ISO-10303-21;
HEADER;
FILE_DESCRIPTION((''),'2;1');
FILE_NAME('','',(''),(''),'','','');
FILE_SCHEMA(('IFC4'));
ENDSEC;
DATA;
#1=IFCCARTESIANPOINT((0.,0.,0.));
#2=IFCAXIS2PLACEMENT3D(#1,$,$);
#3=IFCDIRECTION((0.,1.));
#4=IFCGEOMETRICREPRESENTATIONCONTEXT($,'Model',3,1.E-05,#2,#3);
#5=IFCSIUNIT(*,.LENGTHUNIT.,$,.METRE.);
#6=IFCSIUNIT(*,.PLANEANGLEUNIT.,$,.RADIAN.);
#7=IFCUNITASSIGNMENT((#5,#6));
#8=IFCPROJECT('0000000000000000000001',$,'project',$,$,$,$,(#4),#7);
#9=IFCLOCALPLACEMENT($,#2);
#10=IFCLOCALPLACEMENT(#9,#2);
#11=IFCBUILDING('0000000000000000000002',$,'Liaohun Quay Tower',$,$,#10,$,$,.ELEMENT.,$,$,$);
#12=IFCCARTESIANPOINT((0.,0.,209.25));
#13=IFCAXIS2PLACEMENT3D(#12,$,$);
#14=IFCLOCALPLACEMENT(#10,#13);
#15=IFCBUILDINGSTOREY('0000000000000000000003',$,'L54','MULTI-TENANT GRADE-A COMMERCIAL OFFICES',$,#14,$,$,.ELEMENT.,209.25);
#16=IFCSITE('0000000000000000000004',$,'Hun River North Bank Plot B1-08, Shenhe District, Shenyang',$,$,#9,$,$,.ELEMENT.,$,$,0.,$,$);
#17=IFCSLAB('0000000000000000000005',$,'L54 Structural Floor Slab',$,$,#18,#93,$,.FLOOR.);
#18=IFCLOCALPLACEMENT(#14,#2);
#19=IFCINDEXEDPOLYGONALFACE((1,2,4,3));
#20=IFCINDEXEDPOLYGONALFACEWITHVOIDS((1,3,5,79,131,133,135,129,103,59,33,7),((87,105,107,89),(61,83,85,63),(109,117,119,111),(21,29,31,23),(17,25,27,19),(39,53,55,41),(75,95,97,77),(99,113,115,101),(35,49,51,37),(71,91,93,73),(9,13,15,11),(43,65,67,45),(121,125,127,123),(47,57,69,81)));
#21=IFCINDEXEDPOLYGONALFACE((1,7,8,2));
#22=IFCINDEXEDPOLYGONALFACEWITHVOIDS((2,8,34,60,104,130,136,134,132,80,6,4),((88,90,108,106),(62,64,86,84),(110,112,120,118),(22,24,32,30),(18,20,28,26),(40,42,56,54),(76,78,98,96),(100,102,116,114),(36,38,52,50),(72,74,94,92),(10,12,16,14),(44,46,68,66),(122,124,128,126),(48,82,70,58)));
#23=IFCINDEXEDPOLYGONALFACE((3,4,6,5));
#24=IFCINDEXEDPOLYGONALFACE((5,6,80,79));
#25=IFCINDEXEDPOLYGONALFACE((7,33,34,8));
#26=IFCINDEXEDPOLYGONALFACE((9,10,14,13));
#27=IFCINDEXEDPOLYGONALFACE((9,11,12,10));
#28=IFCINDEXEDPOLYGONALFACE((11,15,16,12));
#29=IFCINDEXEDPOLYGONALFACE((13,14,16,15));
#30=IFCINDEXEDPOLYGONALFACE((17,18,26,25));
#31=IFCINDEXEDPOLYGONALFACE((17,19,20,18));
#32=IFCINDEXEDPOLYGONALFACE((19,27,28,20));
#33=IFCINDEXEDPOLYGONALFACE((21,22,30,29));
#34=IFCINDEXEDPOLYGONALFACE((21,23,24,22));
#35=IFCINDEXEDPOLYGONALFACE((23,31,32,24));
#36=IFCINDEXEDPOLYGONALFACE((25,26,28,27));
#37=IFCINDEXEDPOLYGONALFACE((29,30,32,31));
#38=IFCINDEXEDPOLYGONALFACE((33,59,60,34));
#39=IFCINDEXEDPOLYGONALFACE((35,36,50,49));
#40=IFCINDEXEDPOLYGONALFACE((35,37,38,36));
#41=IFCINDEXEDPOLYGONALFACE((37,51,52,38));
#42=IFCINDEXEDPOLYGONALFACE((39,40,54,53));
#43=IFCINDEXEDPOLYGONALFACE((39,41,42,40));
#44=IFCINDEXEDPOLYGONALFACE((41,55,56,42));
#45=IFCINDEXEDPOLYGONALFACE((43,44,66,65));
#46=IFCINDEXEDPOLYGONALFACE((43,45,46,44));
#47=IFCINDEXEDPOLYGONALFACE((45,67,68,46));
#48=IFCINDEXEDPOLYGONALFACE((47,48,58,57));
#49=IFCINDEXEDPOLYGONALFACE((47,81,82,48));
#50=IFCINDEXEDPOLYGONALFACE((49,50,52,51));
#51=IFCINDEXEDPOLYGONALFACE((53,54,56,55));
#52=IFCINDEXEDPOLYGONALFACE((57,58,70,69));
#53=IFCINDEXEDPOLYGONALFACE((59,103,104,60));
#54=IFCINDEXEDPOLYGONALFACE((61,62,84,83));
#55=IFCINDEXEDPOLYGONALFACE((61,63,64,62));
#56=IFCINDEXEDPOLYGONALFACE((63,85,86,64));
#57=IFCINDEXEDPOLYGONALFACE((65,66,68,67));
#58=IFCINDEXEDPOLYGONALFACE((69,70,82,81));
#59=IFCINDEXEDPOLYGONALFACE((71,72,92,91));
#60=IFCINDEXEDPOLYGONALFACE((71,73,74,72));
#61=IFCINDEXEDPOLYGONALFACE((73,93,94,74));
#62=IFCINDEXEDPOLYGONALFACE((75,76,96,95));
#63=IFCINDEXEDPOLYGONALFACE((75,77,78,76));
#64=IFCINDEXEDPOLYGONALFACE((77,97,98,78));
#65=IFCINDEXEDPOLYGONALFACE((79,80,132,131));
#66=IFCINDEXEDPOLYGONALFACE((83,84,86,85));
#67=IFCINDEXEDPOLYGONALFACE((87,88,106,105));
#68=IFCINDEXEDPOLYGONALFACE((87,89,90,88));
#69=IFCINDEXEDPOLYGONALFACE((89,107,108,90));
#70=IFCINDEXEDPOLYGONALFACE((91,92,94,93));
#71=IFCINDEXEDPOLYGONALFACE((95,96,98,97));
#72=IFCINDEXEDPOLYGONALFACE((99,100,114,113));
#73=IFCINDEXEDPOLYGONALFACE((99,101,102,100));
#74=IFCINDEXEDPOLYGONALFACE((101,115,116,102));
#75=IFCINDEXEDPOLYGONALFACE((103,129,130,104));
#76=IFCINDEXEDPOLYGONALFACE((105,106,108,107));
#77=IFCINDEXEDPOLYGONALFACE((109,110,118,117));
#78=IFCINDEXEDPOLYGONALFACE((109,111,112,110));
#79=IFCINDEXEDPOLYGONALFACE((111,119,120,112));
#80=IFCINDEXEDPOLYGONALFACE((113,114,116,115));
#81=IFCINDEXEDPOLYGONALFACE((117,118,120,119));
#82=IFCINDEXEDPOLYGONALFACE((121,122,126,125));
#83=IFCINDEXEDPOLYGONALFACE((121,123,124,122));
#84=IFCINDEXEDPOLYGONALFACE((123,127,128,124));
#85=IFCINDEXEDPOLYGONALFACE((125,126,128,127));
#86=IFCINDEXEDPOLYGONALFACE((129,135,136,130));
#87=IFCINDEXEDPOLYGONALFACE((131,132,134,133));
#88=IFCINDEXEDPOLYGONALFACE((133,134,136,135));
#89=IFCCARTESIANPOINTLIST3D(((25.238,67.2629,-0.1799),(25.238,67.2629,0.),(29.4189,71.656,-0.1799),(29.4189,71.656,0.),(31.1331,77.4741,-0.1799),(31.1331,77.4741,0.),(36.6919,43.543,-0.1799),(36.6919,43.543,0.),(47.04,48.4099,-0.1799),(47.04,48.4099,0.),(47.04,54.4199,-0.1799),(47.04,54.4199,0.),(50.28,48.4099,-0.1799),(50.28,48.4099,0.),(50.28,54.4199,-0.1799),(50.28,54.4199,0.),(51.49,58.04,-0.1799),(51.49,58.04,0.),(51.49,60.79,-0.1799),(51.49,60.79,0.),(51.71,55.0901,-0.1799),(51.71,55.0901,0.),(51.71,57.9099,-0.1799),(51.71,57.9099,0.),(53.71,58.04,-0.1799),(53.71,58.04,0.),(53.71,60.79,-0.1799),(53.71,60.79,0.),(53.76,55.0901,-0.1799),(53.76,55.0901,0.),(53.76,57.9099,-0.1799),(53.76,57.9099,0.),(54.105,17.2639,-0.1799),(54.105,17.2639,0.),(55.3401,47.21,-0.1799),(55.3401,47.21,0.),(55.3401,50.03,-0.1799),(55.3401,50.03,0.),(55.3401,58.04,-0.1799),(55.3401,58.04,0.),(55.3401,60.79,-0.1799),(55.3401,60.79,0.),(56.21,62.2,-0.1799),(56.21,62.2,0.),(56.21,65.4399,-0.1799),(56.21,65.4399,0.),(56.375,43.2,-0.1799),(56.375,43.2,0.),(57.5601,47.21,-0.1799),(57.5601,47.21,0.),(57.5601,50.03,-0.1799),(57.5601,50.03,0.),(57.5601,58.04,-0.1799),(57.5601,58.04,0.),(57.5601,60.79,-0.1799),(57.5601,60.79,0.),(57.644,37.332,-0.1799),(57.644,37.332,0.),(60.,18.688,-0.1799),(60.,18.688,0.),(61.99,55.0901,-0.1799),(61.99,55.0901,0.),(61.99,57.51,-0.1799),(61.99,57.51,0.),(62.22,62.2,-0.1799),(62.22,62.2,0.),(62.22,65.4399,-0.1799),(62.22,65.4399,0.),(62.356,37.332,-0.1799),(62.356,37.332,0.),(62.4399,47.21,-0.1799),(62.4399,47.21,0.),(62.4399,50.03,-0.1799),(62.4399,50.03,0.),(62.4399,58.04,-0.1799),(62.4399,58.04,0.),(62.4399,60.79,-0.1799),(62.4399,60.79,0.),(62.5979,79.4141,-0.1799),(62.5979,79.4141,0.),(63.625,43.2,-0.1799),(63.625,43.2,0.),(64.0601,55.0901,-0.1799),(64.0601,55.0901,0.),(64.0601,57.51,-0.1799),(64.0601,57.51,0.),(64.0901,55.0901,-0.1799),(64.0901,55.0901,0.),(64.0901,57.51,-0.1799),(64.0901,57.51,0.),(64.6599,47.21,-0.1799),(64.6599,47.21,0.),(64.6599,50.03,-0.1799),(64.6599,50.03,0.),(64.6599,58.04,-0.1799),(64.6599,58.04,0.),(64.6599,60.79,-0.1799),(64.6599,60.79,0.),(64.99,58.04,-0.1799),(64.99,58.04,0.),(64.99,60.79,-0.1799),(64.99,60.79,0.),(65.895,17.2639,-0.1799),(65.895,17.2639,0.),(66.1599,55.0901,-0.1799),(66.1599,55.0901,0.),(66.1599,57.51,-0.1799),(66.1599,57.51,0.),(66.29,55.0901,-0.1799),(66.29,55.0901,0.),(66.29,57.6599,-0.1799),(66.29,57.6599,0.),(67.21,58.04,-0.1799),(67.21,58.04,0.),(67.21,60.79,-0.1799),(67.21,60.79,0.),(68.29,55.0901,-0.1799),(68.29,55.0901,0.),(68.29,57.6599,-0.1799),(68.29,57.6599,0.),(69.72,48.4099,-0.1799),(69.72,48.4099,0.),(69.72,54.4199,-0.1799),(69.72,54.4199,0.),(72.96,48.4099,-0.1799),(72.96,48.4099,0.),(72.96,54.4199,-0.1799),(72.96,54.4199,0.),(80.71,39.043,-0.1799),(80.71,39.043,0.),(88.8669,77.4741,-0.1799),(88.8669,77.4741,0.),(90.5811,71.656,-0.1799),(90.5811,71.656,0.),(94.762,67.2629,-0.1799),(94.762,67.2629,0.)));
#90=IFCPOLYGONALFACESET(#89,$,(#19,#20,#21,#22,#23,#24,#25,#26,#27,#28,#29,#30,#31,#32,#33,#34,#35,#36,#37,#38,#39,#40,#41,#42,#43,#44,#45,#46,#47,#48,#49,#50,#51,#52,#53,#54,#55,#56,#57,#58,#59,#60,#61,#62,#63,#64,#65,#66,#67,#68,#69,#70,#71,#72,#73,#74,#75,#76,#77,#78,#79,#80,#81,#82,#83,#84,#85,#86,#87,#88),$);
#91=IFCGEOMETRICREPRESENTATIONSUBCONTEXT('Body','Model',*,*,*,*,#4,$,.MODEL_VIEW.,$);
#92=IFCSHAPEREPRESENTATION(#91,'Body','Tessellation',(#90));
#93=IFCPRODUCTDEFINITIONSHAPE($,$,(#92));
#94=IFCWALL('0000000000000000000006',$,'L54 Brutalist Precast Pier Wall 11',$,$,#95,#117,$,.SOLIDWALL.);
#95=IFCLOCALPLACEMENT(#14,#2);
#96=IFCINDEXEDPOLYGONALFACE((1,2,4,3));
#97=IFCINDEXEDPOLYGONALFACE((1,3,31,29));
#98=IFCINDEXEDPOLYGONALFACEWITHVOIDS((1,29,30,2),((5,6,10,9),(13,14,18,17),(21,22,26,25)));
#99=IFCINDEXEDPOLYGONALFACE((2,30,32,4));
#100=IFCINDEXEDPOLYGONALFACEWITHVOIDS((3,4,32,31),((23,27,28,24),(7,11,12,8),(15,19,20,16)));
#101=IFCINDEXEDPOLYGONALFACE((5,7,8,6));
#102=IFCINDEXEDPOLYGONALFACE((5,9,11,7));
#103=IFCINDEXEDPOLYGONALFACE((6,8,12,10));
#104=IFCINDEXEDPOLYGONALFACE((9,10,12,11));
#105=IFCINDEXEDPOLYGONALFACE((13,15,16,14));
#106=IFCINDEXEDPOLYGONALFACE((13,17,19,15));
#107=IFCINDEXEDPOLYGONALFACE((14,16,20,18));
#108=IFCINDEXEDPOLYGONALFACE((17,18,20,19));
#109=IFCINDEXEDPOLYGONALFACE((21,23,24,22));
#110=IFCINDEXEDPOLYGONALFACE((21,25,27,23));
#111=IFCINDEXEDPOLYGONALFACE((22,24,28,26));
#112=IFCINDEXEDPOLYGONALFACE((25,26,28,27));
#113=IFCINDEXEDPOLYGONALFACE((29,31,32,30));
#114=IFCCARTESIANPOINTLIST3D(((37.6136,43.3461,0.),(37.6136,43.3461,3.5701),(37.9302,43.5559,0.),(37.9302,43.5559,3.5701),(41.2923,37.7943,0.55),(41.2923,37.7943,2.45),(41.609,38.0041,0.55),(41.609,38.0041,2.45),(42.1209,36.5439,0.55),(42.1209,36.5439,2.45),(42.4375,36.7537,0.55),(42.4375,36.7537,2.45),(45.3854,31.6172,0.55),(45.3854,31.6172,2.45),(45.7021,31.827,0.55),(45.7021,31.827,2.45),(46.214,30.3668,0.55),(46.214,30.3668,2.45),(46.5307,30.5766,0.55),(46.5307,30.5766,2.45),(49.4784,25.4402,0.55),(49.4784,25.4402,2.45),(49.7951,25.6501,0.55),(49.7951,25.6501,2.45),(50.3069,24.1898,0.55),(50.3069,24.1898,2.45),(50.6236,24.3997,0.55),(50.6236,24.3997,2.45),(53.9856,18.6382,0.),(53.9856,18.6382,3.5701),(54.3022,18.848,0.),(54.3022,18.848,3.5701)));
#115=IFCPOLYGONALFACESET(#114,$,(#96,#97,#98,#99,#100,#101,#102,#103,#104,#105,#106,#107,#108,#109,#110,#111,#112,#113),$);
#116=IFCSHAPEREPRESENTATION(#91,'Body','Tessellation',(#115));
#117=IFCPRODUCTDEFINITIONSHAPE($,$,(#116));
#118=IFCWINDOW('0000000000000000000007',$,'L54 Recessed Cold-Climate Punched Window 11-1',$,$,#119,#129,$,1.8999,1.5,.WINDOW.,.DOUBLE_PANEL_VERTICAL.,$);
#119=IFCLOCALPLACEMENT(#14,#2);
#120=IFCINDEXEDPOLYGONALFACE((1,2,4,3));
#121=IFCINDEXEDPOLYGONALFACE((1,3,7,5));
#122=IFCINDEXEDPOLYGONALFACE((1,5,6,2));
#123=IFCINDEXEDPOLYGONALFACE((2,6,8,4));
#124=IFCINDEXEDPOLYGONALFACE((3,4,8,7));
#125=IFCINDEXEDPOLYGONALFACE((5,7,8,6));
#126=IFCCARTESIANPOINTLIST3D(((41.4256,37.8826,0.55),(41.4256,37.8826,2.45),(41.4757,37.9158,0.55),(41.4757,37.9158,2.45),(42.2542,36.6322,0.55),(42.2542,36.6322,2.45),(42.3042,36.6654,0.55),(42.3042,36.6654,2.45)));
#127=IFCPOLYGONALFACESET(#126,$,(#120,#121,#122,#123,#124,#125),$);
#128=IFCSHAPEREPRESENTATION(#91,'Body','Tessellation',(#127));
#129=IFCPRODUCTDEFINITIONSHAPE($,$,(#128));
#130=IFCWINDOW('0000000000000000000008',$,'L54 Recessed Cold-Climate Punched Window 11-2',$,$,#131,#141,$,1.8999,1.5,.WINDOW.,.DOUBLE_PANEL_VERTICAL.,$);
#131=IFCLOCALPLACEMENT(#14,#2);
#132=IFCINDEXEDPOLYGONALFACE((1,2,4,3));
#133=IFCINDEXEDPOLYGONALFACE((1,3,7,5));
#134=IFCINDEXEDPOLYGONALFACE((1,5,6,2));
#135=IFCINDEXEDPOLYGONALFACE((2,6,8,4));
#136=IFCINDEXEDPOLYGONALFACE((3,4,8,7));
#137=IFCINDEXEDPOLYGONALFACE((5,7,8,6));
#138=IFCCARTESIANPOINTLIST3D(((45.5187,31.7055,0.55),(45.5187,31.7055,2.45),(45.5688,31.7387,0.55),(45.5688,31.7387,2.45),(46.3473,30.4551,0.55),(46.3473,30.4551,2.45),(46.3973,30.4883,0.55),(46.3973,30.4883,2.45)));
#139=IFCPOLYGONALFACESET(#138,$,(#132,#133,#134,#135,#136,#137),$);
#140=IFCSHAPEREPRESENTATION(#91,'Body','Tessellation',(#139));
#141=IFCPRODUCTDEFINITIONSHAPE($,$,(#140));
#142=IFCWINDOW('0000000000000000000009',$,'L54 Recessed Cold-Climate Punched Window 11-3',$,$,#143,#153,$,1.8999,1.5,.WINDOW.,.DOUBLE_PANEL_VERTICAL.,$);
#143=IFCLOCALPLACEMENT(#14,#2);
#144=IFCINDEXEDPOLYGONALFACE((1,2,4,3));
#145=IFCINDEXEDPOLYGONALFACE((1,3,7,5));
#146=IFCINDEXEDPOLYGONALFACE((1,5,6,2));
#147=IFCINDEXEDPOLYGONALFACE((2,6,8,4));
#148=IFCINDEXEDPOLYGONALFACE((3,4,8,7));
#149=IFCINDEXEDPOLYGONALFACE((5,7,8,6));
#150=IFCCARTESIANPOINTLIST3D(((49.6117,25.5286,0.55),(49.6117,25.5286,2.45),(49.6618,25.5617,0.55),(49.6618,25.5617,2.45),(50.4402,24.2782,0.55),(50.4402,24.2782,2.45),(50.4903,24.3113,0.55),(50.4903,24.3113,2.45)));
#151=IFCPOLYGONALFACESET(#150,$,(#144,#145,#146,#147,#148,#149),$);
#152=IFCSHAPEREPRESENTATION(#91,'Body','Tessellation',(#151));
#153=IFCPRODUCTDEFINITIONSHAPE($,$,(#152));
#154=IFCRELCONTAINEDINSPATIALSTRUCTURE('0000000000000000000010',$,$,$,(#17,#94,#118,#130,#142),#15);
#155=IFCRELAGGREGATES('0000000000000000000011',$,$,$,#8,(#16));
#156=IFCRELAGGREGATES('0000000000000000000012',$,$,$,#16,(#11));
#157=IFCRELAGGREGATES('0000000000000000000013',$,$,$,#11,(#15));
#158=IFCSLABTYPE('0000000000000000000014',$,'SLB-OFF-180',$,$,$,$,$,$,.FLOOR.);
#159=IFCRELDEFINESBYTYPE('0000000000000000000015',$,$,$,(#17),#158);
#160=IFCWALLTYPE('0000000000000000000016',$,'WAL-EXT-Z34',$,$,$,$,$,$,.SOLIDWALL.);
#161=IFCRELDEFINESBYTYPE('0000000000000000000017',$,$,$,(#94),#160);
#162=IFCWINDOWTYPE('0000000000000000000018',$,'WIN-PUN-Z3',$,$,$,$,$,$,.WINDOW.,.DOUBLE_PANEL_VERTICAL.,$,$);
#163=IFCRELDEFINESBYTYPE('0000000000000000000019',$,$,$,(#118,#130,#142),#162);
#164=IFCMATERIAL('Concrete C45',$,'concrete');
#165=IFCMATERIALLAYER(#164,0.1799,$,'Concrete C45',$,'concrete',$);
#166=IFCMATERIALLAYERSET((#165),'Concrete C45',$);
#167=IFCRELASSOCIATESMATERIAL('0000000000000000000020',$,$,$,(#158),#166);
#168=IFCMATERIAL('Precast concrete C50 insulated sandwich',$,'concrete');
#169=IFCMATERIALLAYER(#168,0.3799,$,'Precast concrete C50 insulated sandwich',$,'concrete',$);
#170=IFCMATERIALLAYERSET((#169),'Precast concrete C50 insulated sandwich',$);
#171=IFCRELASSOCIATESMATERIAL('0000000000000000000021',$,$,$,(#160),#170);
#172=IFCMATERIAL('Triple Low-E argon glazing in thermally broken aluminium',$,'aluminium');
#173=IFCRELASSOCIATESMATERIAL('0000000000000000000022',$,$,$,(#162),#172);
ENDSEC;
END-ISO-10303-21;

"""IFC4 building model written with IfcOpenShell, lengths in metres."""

from ifc_helpers import new_model, si_unit, direction, frame, frame_2d, origin, place, context, subcontext, project, spatial, polyline, rectangle, outline, extrude, source, transform, mapped, material, layer, layer_set, type_object, element, fill, save


model = new_model("IFC4")

# Units and contexts
model_context = context("Model", 3, precision=1e-05, world=origin(), true_north=direction((0.0, 1.0)))
body_context = subcontext(model_context, "Body", "Model", "MODEL_VIEW")
ifc_project = project(units=[si_unit("LENGTHUNIT", "METRE"), si_unit("PLANEANGLEUNIT", "RADIAN")], contexts=[model_context])

# Site, building, storey
site_placement = place(None, origin())
site = spatial("IfcSite", under=ifc_project, at=site_placement, Name="Hun River North Bank Plot B1-08, Shenhe District, Shenyang", CompositionType="ELEMENT", RefElevation=0.0)
building_placement = place(site_placement, origin())
building = spatial("IfcBuilding", under=site, at=building_placement, Name="Liaohun Quay Tower", CompositionType="ELEMENT")
storey_placement = place(building_placement, frame((0.0, 0.0, 209.25)))
storey = spatial("IfcBuildingStorey", under=building, at=storey_placement, Name="L54", Description="MULTI-TENANT GRADE-A COMMERCIAL OFFICES", CompositionType="ELEMENT", Elevation=209.25)

# Shared definitions
ifc_material_1 = material(Name="Concrete C45", Category="concrete")

# Slab
ifc_layer_1 = layer(ifc_material_1, 0.1799, Name="Concrete C45", Category="concrete")
ifc_layer_set_1 = layer_set([ifc_layer_1], Name="Concrete C45")
slab_type_1 = type_object("IfcSlabType", Name="SLB-OFF-180", PredefinedType="FLOOR", material=ifc_layer_set_1)
slab_1_placement = place(storey_placement, frame((0.0, 0.0, -0.1799)))
element("IfcSlab", 1, at=slab_1_placement, inside=storey, type_object=slab_type_1, Name="L54 Structural Floor Slab", PredefinedType="FLOOR", context=body_context, shape_type="SweptSolid", body=[
    extrude(outline(polyline([(54.105, 17.2639), (60.0, 18.688), (65.895, 17.2639), (80.71, 39.043), (94.762, 67.2629), (90.5811, 71.656), (88.8669, 77.4741), (62.5979, 79.4141), (31.1331, 77.4741), (29.4189, 71.656), (25.238, 67.2629), (36.6919, 43.543), (54.105, 17.2639)]), holes=[polyline([(63.625, 43.2), (56.375, 43.2), (57.644, 37.332), (62.356, 37.332), (63.625, 43.2)]), polyline([(57.5601, 47.21), (57.5601, 50.03), (55.3401, 50.03), (55.3401, 47.21), (57.5601, 47.21)]), polyline([(50.28, 54.4199), (47.04, 54.4199), (47.04, 48.4099), (50.28, 48.4099), (50.28, 54.4199)]), polyline([(53.76, 55.0901), (53.76, 57.9099), (51.71, 57.9099), (51.71, 55.0901), (53.76, 55.0901)]), polyline([(53.71, 58.04), (53.71, 60.79), (51.49, 60.79), (51.49, 58.04), (53.71, 58.04)]), polyline([(57.5601, 58.04), (57.5601, 60.79), (55.3401, 60.79), (55.3401, 58.04), (57.5601, 58.04)]), polyline([(62.22, 62.2), (62.22, 65.4399), (56.21, 65.4399), (56.21, 62.2), (62.22, 62.2)]), polyline([(64.6599, 50.03), (62.4399, 50.03), (62.4399, 47.21), (64.6599, 47.21), (64.6599, 50.03)]), polyline([(72.96, 54.4199), (69.72, 54.4199), (69.72, 48.4099), (72.96, 48.4099), (72.96, 54.4199)]), polyline([(64.0601, 55.0901), (64.0601, 57.51), (61.99, 57.51), (61.99, 55.0901), (64.0601, 55.0901)]), polyline([(66.1599, 55.0901), (66.1599, 57.51), (64.0901, 57.51), (64.0901, 55.0901), (66.1599, 55.0901)]), polyline([(68.29, 55.0901), (68.29, 57.6599), (66.29, 57.6599), (66.29, 55.0901), (68.29, 55.0901)]), polyline([(64.6599, 58.04), (64.6599, 60.79), (62.4399, 60.79), (62.4399, 58.04), (64.6599, 58.04)]), polyline([(67.21, 58.04), (67.21, 60.79), (64.99, 60.79), (64.99, 58.04), (67.21, 58.04)])]), origin(), (0.0, 0.0, 1.0), 0.1799),
])

# Wall, openings, windows
ifc_material_2 = material(Name="Precast concrete C50 insulated sandwich", Category="concrete")
ifc_layer_2 = layer(ifc_material_2, 0.3799, Name="Precast concrete C50 insulated sandwich", Category="concrete")
ifc_layer_set_2 = layer_set([ifc_layer_2], Name="Precast concrete C50 insulated sandwich")
wall_type_1 = type_object("IfcWallType", Name="WAL-EXT-Z34", PredefinedType="SOLIDWALL", material=ifc_layer_set_2)
wall_1_placement = place(storey_placement, frame((37.772, 43.4509, 0.0), z_axis=(0.0, 0.0, 1.0), x_axis=(0.552364, -0.833603, 0.0)))
wall_1 = element("IfcWall", 2, at=wall_1_placement, inside=storey, type_object=wall_type_1, Name="L54 Brutalist Precast Pier Wall 11", PredefinedType="SOLIDWALL", context=body_context, shape_type="SweptSolid", body=[
    extrude(rectangle(XDim=29.6399, YDim=0.3799, at=frame_2d((14.8198, 0.0))), origin(), (0.0, 0.0, 1.0), 3.5701),
])
shared_shape_1 = source(origin(), body_context, "Body", "SweptSolid", [
    extrude(rectangle(XDim=1.5, YDim=1.8999, at=frame_2d((0.75, 0.95))), frame((0.0, 0.2, 0.0), z_axis=(0.0, -1.0, 0.0), x_axis=(1.0, 0.0, 0.0)), (0.0, 0.0, 1.0), 0.3999),
])
opening_1_placement = place(wall_1_placement, frame((6.6599, 0.0, 0.55)))
opening_1 = element("IfcOpeningElement", 3, at=opening_1_placement, cuts=wall_1, PredefinedType="OPENING", context=body_context, shape_type="MappedRepresentation", body=[
    mapped(shared_shape_1, transform((0.0, 0.0, 0.0), x_axis=(1.0, 0.0, 0.0), y_axis=(0.0, 1.0, 0.0), z_axis=(0.0, 0.0, 1.0), scale=1.0)),
])
opening_2_placement = place(wall_1_placement, frame((14.0701, 0.0, 0.55)))
opening_2 = element("IfcOpeningElement", 4, at=opening_2_placement, cuts=wall_1, PredefinedType="OPENING", context=body_context, shape_type="MappedRepresentation", body=[
    mapped(shared_shape_1, transform((0.0, 0.0, 0.0), x_axis=(1.0, 0.0, 0.0), y_axis=(0.0, 1.0, 0.0), z_axis=(0.0, 0.0, 1.0), scale=1.0)),
])
opening_3_placement = place(wall_1_placement, frame((21.48, 0.0, 0.55)))
opening_3 = element("IfcOpeningElement", 5, at=opening_3_placement, cuts=wall_1, PredefinedType="OPENING", context=body_context, shape_type="MappedRepresentation", body=[
    mapped(shared_shape_1, transform((0.0, 0.0, 0.0), x_axis=(1.0, 0.0, 0.0), y_axis=(0.0, 1.0, 0.0), z_axis=(0.0, 0.0, 1.0), scale=1.0)),
])
ifc_material_3 = material(Name="Triple Low-E argon glazing in thermally broken aluminium", Category="aluminium")
window_type = type_object("IfcWindowType", Name="WIN-PUN-Z3", PartitioningType="DOUBLE_PANEL_VERTICAL", PredefinedType="WINDOW", material=ifc_material_3)
shared_shape_2 = source(origin(), body_context, "Body", "SweptSolid", [
    extrude(rectangle(XDim=1.5, YDim=1.8999, at=frame_2d((0.75, 0.95))), frame((0.0, 0.03, 0.0), z_axis=(0.0, -1.0, 0.0), x_axis=(1.0, 0.0, 0.0)), (0.0, 0.0, 1.0), 0.0601),
])
window_1_placement = place(opening_1_placement, origin())
window_1 = element("IfcWindow", 6, at=window_1_placement, inside=storey, type_object=window_type, Name="L54 Recessed Cold-Climate Punched Window 11-1", OverallHeight=1.8999, OverallWidth=1.5, PartitioningType="DOUBLE_PANEL_VERTICAL", PredefinedType="WINDOW", context=body_context, shape_type="MappedRepresentation", body=[
    mapped(shared_shape_2, transform((0.0, 0.0, 0.0), x_axis=(1.0, 0.0, 0.0), y_axis=(0.0, 1.0, 0.0), z_axis=(0.0, 0.0, 1.0), scale=1.0)),
])
fill(opening_1, window_1)
window_2_placement = place(opening_2_placement, origin())
window_2 = element("IfcWindow", 7, at=window_2_placement, inside=storey, type_object=window_type, Name="L54 Recessed Cold-Climate Punched Window 11-2", OverallHeight=1.8999, OverallWidth=1.5, PartitioningType="DOUBLE_PANEL_VERTICAL", PredefinedType="WINDOW", context=body_context, shape_type="MappedRepresentation", body=[
    mapped(shared_shape_2, transform((0.0, 0.0, 0.0), x_axis=(1.0, 0.0, 0.0), y_axis=(0.0, 1.0, 0.0), z_axis=(0.0, 0.0, 1.0), scale=1.0)),
])
fill(opening_2, window_2)
window_3_placement = place(opening_3_placement, origin())
window_3 = element("IfcWindow", 8, at=window_3_placement, inside=storey, type_object=window_type, Name="L54 Recessed Cold-Climate Punched Window 11-3", OverallHeight=1.8999, OverallWidth=1.5, PartitioningType="DOUBLE_PANEL_VERTICAL", PredefinedType="WINDOW", context=body_context, shape_type="MappedRepresentation", body=[
    mapped(shared_shape_2, transform((0.0, 0.0, 0.0), x_axis=(1.0, 0.0, 0.0), y_axis=(0.0, 1.0, 0.0), z_axis=(0.0, 0.0, 1.0), scale=1.0)),
])
fill(opening_3, window_3)

save(model, "model.ifc")
